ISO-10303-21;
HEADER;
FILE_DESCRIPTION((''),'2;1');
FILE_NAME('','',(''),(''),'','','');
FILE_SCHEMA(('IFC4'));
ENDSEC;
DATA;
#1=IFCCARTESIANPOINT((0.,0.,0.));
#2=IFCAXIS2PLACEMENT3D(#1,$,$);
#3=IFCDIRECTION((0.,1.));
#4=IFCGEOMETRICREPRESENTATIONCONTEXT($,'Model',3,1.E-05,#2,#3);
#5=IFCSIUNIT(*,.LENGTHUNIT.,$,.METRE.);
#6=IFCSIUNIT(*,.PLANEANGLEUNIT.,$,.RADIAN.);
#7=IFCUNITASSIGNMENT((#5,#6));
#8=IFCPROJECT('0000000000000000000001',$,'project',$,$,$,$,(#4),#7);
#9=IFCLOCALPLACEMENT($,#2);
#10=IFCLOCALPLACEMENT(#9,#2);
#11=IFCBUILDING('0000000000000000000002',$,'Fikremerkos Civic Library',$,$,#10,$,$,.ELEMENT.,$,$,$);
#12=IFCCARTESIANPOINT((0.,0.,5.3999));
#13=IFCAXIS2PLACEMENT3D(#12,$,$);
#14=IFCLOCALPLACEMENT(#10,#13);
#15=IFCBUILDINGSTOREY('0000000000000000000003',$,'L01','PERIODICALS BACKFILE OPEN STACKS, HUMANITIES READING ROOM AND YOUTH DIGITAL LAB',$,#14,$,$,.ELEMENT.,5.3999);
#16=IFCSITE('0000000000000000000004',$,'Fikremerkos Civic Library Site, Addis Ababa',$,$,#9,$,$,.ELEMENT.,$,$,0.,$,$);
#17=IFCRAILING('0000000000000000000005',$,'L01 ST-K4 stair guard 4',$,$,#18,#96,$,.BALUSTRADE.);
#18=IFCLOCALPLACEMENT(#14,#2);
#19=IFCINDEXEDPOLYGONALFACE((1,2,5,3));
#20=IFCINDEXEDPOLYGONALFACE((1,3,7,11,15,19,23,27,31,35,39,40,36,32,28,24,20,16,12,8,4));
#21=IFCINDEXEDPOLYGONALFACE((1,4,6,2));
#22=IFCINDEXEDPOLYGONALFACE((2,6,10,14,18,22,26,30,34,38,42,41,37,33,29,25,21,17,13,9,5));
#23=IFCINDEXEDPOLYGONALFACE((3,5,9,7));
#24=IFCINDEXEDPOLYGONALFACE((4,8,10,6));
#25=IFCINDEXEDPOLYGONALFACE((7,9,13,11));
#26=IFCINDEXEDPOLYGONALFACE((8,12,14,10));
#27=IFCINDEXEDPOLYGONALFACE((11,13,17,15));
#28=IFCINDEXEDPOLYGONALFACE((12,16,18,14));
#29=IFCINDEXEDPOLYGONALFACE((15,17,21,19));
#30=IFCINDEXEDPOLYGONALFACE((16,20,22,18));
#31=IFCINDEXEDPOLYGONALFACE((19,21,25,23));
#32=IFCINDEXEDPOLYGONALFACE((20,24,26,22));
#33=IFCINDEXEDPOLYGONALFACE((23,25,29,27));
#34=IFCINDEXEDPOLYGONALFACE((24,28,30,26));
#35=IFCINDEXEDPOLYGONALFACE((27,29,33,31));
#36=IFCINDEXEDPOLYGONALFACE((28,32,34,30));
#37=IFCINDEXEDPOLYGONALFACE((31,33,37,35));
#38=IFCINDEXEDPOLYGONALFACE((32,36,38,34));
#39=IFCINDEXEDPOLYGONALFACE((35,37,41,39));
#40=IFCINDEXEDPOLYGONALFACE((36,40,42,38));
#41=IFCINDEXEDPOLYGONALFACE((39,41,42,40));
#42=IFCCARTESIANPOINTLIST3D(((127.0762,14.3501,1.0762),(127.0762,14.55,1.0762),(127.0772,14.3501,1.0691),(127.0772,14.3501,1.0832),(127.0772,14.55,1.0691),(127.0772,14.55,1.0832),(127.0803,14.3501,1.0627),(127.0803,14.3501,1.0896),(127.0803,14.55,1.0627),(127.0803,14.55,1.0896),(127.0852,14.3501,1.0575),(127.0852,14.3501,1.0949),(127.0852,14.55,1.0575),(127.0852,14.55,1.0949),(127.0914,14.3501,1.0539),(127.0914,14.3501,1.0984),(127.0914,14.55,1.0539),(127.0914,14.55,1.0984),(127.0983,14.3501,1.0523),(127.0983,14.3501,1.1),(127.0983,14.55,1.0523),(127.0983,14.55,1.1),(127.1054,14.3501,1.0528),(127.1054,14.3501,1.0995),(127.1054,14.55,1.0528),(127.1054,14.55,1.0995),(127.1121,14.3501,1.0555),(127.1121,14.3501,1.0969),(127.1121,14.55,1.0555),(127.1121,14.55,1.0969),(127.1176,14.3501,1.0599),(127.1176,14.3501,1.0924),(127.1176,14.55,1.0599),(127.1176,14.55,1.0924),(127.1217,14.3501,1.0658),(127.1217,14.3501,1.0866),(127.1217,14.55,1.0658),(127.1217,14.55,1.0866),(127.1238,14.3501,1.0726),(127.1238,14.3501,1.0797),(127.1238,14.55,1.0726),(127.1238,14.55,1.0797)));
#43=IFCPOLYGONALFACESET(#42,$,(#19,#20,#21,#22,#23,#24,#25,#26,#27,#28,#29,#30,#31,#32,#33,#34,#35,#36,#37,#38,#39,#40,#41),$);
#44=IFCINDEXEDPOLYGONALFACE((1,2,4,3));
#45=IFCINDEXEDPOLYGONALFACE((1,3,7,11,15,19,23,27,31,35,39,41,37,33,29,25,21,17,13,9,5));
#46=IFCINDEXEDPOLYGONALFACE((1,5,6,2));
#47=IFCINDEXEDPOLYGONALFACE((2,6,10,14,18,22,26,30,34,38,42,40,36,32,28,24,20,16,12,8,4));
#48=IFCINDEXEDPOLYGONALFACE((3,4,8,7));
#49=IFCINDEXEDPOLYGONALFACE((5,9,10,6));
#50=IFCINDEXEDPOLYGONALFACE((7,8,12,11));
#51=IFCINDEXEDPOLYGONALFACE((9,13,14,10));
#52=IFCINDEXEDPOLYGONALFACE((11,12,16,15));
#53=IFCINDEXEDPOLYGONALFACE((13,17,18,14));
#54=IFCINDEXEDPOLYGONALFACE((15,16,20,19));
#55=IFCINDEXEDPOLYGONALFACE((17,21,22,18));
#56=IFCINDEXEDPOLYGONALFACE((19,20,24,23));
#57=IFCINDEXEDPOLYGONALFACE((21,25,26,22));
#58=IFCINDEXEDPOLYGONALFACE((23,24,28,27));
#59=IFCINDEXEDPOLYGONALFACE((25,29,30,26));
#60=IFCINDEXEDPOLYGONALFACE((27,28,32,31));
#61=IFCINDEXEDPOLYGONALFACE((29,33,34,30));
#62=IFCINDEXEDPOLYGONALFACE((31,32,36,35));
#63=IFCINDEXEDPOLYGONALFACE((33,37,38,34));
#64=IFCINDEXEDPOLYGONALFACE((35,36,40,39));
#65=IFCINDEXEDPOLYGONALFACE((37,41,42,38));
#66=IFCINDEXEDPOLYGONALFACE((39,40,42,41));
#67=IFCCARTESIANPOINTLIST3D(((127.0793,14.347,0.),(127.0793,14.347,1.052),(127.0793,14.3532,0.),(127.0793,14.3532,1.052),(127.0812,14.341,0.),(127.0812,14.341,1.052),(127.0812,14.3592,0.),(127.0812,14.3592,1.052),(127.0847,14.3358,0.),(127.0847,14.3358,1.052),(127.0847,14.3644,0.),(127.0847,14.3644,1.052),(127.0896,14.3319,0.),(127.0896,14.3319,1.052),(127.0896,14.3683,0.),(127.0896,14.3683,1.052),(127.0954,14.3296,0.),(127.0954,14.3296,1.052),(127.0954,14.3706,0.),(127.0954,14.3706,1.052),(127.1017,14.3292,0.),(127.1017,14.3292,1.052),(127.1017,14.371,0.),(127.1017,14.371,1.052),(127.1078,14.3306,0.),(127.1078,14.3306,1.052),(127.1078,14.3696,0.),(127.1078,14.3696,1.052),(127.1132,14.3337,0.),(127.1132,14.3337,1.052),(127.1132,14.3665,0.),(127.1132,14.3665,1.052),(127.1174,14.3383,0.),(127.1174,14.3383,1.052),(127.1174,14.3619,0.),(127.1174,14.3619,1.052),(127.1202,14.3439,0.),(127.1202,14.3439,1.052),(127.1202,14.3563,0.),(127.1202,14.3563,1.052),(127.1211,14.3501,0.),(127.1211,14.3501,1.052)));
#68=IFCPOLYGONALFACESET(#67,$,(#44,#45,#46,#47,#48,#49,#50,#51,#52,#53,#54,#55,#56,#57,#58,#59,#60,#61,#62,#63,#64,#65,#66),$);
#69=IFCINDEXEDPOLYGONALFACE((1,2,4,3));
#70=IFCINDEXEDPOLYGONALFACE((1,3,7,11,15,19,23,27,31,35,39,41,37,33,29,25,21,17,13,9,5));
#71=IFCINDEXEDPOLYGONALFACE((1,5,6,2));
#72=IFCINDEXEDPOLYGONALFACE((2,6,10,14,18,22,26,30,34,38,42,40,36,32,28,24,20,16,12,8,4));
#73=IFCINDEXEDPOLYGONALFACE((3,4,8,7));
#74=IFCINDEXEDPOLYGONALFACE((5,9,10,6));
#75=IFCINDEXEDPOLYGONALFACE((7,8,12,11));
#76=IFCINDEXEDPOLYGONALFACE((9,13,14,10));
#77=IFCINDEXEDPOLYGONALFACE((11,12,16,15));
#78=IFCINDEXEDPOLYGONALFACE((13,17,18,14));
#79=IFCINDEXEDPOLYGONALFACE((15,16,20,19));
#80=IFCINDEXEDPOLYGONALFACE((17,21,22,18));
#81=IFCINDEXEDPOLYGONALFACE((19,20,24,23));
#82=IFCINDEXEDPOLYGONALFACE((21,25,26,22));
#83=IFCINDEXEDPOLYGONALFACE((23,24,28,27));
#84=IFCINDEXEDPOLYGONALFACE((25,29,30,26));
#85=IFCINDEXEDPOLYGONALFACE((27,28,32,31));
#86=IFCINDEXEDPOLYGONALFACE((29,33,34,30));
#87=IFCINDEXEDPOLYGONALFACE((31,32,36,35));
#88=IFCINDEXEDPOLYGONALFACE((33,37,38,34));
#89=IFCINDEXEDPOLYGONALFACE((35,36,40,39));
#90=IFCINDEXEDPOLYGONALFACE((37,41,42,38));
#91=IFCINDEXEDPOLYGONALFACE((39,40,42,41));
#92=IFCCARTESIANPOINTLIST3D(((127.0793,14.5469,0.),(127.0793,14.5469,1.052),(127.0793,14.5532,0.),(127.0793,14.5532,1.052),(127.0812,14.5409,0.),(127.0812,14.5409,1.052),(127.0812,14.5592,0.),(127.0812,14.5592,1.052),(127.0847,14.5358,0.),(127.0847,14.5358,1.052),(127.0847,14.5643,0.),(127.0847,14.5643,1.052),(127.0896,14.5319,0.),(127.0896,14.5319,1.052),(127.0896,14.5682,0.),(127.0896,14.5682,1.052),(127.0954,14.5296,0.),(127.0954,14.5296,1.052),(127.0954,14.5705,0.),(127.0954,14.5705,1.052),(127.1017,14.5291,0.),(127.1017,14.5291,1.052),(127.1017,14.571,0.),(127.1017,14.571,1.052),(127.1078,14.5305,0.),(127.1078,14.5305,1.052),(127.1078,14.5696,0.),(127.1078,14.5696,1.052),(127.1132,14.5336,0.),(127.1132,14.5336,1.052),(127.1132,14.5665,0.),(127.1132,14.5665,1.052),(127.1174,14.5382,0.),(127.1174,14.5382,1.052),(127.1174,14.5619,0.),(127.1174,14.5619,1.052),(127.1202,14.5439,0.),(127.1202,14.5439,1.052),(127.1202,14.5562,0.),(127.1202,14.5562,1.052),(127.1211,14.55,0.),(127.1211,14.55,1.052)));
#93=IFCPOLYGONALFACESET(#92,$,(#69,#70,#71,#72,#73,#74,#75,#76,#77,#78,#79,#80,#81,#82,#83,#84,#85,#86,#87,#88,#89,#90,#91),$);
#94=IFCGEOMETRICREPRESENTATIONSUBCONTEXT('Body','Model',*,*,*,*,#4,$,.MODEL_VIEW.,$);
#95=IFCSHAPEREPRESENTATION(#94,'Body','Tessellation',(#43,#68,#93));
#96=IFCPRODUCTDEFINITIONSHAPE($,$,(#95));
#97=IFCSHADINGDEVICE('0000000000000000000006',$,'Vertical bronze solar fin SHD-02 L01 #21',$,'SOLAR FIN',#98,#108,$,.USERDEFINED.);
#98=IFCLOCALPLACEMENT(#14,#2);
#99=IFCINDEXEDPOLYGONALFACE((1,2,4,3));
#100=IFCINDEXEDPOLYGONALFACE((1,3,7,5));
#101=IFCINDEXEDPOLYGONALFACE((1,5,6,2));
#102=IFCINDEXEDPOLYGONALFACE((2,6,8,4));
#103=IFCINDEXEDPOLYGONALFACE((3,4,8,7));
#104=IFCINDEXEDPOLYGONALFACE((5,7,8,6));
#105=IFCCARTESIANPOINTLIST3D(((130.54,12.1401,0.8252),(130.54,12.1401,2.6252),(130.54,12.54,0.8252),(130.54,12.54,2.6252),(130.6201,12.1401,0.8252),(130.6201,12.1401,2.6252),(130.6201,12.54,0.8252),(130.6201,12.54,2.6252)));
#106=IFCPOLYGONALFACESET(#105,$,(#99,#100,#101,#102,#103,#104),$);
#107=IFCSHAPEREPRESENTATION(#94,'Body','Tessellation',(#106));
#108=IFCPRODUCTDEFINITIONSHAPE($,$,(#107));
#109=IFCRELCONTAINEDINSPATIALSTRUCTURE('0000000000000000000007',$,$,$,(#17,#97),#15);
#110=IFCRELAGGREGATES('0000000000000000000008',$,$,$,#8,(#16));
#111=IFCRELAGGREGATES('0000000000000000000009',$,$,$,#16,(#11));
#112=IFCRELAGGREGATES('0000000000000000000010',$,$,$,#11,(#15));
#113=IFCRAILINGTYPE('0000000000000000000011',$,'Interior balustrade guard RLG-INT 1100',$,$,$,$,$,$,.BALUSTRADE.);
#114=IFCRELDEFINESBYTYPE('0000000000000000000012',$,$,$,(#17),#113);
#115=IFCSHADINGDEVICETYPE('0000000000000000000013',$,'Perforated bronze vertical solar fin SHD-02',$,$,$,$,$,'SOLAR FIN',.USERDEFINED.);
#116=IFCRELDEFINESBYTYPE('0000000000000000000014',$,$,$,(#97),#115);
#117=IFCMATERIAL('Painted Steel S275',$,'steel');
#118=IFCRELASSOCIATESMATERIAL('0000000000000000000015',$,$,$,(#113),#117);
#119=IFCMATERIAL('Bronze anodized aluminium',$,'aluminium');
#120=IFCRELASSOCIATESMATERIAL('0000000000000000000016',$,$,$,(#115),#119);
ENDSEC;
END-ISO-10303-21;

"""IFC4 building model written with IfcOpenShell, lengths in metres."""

from ifc_helpers import new_model, si_unit, direction, frame, origin, origin_2d, place, context, subcontext, project, spatial, rectangle, circle, extrude, material, type_object, element, save


model = new_model("IFC4")

# Units and contexts
model_context = context("Model", 3, precision=1e-05, world=origin(), true_north=direction((0.0, 1.0)))
body_context = subcontext(model_context, "Body", "Model", "MODEL_VIEW")
ifc_project = project(units=[si_unit("LENGTHUNIT", "METRE"), si_unit("PLANEANGLEUNIT", "RADIAN")], contexts=[model_context])

# Site, building, storey
site_placement = place(None, origin())
site = spatial("IfcSite", under=ifc_project, at=site_placement, Name="Fikremerkos Civic Library Site, Addis Ababa", CompositionType="ELEMENT", RefElevation=0.0)
building_placement = place(site_placement, origin())
building = spatial("IfcBuilding", under=site, at=building_placement, Name="Fikremerkos Civic Library", CompositionType="ELEMENT")
storey_placement = place(building_placement, frame((0.0, 0.0, 5.3999)))
storey = spatial("IfcBuildingStorey", under=building, at=storey_placement, Name="L01", Description="PERIODICALS BACKFILE OPEN STACKS, HUMANITIES READING ROOM AND YOUTH DIGITAL LAB", CompositionType="ELEMENT", Elevation=5.3999)

# Railing
ifc_material_1 = material(Name="Painted Steel S275", Category="steel")
railing_type_1 = type_object("IfcRailingType", Name="Interior balustrade guard RLG-INT 1100", PredefinedType="BALUSTRADE", material=ifc_material_1)
railing_1_placement = place(storey_placement, frame((127.1001, 14.3501, 0.0)))
element("IfcRailing", 1, at=railing_1_placement, inside=storey, type_object=railing_type_1, Name="L01 ST-K4 stair guard 4", PredefinedType="BALUSTRADE", context=body_context, shape_type="SweptSolid", body=[
    extrude(circle(Radius=0.0239, at=origin_2d()), frame((0.0, 0.0, 1.0762), z_axis=(0.0, 1.0, 0.0), x_axis=(-1.0, 0.0, 0.0)), (0.0, 0.0, 1.0), 0.2),
    extrude(circle(Radius=0.021, at=origin_2d()), origin(), (0.0, 0.0, 1.0), 1.052),
    extrude(circle(Radius=0.021, at=origin_2d()), frame((0.0, 0.2, 0.0)), (0.0, 0.0, 1.0), 1.052),
])

# Shading device
ifc_material_2 = material(Name="Bronze anodized aluminium", Category="aluminium")
shading_device_type = type_object("IfcShadingDeviceType", Name="Perforated bronze vertical solar fin SHD-02", ElementType="SOLAR FIN", PredefinedType="USERDEFINED", material=ifc_material_2)
shading_device_placement = place(storey_placement, frame((130.5801, 12.3401, 0.8252), z_axis=(0.0, 0.0, 1.0), x_axis=(1.0, 0.0, 0.0)))
element("IfcShadingDevice", 2, at=shading_device_placement, inside=storey, type_object=shading_device_type, Name="Vertical bronze solar fin SHD-02 L01 #21", ObjectType="SOLAR FIN", PredefinedType="USERDEFINED", context=body_context, shape_type="SweptSolid", body=[
    extrude(rectangle(XDim=0.0801, YDim=0.3999, at=origin_2d()), origin(), (0.0, 0.0, 1.0), 1.8),
])

save(model, "model.ifc")
